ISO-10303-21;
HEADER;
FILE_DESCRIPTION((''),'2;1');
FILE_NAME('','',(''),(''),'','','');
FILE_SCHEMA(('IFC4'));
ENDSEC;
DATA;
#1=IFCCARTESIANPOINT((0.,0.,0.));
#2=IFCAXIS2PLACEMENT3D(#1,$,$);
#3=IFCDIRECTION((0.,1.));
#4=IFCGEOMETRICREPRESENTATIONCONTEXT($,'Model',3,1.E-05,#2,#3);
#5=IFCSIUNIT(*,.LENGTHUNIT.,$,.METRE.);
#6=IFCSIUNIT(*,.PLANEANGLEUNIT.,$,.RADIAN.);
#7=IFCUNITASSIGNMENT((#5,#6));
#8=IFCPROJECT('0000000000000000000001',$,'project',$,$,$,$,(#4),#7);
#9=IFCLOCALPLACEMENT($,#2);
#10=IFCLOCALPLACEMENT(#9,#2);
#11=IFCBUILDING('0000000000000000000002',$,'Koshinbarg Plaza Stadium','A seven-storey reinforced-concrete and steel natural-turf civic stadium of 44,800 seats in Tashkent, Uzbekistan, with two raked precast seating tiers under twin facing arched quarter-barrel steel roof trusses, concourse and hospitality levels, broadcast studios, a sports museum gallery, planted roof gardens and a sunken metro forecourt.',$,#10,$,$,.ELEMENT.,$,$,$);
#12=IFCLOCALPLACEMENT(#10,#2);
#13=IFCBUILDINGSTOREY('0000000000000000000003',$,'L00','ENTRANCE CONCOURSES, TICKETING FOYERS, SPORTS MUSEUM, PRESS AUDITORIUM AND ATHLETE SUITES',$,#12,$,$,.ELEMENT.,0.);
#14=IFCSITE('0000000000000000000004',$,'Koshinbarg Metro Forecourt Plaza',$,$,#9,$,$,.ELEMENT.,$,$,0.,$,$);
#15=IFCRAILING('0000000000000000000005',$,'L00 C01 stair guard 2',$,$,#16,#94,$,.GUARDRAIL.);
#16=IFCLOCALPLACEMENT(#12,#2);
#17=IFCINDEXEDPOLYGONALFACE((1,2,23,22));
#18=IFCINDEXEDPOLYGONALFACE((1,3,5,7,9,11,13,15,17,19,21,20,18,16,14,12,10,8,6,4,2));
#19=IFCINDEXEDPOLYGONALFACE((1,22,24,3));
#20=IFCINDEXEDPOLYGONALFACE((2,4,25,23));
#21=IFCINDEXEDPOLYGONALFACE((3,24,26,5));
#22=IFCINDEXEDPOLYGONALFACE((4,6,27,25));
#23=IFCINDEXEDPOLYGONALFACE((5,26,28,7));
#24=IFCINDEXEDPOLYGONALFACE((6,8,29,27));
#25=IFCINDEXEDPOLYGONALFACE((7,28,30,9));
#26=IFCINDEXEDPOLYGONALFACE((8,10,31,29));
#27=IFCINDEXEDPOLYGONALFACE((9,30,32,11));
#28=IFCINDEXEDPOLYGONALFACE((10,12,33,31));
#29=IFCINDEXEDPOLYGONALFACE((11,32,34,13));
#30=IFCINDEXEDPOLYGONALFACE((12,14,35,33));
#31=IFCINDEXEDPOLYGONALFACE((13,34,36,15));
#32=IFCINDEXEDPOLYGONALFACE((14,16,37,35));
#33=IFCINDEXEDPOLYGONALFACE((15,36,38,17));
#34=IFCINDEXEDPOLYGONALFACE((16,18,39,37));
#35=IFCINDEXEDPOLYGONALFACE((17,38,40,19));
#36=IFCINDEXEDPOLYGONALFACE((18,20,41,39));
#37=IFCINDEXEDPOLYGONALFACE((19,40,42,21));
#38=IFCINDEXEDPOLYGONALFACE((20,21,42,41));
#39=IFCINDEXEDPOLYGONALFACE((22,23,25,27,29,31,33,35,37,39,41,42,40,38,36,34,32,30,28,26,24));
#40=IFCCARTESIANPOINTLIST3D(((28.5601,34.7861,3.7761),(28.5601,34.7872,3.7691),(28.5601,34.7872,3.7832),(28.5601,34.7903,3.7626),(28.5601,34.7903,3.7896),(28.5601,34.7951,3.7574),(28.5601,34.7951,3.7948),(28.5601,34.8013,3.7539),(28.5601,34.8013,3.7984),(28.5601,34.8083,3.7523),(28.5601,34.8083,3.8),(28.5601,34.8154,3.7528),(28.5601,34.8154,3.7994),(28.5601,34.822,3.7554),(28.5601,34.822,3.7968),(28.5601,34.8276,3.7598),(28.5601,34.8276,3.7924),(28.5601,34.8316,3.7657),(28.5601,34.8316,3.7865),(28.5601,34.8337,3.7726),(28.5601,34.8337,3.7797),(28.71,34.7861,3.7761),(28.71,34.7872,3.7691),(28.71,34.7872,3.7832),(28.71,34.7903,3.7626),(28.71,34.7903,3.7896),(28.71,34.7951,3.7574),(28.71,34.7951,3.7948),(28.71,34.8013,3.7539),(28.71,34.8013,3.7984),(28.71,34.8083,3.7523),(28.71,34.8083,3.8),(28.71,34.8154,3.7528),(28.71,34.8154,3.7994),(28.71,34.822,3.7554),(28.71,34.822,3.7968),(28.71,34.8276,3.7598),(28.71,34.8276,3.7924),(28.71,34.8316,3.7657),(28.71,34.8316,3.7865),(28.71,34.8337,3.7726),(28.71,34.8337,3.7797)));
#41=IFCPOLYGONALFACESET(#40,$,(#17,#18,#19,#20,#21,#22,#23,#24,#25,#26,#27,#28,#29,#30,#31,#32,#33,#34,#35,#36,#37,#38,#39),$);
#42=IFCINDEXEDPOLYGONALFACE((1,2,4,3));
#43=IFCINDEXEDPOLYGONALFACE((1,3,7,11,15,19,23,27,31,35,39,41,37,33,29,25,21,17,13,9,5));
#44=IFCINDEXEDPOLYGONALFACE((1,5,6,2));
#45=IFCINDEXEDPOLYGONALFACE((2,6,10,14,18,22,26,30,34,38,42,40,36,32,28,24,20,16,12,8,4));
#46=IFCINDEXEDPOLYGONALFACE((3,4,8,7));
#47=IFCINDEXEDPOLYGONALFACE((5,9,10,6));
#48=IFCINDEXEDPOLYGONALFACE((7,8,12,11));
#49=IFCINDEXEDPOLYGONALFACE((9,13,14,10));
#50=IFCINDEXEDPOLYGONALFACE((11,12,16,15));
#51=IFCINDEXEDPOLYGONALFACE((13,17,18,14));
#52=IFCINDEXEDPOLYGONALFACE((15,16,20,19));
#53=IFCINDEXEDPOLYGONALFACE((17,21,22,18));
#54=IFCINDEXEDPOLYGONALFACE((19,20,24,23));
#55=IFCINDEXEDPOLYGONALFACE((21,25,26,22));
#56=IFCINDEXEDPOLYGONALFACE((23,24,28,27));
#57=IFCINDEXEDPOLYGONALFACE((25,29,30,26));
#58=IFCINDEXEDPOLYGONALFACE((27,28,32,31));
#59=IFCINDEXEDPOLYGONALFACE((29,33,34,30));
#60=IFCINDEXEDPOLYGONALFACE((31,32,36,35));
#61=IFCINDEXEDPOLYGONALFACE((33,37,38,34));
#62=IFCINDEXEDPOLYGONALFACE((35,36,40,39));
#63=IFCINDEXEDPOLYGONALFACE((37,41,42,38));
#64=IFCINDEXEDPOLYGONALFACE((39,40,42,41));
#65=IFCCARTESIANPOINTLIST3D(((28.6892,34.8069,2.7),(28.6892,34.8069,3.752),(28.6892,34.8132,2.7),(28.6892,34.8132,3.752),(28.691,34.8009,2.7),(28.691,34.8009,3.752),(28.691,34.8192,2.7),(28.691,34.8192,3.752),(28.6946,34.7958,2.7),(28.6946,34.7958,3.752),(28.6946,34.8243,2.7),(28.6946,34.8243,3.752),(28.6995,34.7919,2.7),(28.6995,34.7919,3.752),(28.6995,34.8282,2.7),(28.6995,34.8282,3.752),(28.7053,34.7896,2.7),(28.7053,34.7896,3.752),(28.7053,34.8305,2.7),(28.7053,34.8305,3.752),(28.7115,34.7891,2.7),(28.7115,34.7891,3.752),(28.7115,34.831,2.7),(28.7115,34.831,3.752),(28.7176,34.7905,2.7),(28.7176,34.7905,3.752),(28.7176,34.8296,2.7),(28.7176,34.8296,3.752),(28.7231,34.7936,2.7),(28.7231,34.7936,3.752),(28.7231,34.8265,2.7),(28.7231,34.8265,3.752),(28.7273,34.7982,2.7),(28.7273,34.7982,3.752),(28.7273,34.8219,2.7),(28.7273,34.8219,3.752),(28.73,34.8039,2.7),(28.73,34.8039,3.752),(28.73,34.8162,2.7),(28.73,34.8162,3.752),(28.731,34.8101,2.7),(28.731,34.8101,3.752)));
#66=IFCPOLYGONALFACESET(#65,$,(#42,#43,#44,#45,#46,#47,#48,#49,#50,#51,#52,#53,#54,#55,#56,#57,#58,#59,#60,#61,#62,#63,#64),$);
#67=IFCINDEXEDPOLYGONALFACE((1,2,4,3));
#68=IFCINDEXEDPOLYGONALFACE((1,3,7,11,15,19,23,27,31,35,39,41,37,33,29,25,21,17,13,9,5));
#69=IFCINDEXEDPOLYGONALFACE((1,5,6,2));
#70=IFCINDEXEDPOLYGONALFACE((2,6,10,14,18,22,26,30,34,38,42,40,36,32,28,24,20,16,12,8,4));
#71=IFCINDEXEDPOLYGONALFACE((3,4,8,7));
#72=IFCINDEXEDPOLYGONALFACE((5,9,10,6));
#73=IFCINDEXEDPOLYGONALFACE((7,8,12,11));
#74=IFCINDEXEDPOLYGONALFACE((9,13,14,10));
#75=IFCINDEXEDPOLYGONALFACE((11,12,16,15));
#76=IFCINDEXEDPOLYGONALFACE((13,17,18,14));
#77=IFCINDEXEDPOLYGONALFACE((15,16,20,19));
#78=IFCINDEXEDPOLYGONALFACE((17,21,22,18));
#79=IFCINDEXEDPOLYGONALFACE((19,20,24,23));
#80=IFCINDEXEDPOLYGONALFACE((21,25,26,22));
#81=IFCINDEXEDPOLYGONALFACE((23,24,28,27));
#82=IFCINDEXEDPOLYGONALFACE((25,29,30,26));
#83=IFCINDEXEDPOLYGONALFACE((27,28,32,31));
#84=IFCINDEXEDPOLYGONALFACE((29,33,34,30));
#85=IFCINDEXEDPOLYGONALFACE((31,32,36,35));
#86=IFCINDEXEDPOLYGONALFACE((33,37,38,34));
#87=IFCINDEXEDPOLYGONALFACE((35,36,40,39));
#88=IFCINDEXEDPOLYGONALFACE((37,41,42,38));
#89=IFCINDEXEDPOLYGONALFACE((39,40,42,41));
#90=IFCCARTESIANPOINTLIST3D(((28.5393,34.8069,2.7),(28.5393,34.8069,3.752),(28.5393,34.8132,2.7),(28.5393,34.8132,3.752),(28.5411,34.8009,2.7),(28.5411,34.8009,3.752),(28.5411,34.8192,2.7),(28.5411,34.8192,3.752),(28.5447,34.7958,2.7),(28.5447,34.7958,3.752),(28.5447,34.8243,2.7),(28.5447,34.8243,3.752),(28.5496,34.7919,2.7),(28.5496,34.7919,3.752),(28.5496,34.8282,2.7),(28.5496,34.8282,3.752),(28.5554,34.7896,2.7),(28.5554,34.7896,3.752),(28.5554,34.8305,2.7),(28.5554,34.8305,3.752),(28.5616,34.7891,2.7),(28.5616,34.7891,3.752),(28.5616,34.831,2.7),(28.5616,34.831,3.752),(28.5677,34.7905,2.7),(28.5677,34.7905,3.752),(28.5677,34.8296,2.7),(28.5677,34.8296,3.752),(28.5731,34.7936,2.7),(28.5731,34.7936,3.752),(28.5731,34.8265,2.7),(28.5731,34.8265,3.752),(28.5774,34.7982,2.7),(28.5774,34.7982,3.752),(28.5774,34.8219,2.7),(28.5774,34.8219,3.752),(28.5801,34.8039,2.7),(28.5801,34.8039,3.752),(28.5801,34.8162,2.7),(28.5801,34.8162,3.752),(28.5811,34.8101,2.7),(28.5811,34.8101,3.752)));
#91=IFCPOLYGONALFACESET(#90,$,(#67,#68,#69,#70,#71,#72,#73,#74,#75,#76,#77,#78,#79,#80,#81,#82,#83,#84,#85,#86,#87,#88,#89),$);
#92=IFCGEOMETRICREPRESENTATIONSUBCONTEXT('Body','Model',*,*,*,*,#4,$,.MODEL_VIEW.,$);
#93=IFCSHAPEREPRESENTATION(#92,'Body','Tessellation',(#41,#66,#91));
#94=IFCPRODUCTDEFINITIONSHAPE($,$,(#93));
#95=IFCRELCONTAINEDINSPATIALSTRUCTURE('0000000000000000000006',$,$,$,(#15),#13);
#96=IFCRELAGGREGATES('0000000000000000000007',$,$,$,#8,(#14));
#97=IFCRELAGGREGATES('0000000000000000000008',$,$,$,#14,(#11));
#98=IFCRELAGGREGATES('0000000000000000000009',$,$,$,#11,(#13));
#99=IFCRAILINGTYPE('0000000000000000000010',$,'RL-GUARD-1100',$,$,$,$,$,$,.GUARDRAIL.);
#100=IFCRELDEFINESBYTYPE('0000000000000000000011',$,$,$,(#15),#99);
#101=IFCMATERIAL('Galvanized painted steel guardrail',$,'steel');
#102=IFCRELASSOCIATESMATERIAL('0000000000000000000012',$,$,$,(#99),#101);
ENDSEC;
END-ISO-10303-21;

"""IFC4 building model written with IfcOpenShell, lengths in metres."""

from ifc_helpers import new_model, si_unit, direction, frame, origin, origin_2d, place, context, subcontext, project, spatial, circle, extrude, material, type_object, element, save


model = new_model("IFC4")

# Units and contexts
model_context = context("Model", 3, precision=1e-05, world=origin(), true_north=direction((0.0, 1.0)))
body_context = subcontext(model_context, "Body", "Model", "MODEL_VIEW")
ifc_project = project(units=[si_unit("LENGTHUNIT", "METRE"), si_unit("PLANEANGLEUNIT", "RADIAN")], contexts=[model_context])

# Site, building, storey
site_placement = place(None, origin())
site = spatial("IfcSite", under=ifc_project, at=site_placement, Name="Koshinbarg Metro Forecourt Plaza", CompositionType="ELEMENT", RefElevation=0.0)
building_placement = place(site_placement, origin())
building = spatial("IfcBuilding", under=site, at=building_placement, Name="Koshinbarg Plaza Stadium", Description="A seven-storey reinforced-concrete and steel natural-turf civic stadium of 44,800 seats in Tashkent, Uzbekistan, with two raked precast seating tiers under twin facing arched quarter-barrel steel roof trusses, concourse and hospitality levels, broadcast studios, a sports museum gallery, planted roof gardens and a sunken metro forecourt.", CompositionType="ELEMENT")
storey_placement = place(building_placement, origin())
storey = spatial("IfcBuildingStorey", under=building, at=storey_placement, Name="L00", Description="ENTRANCE CONCOURSES, TICKETING FOYERS, SPORTS MUSEUM, PRESS AUDITORIUM AND ATHLETE SUITES", CompositionType="ELEMENT", Elevation=0.0)

# Railing
ifc_material_1 = material(Name="Galvanized painted steel guardrail", Category="steel")
railing_type_1 = type_object("IfcRailingType", Name="RL-GUARD-1100", PredefinedType="GUARDRAIL", material=ifc_material_1)
railing_1_placement = place(storey_placement, frame((28.71, 34.8101, 2.7)))
element("IfcRailing", 1, at=railing_1_placement, inside=storey, type_object=railing_type_1, Name="L00 C01 stair guard 2", PredefinedType="GUARDRAIL", context=body_context, shape_type="SweptSolid", body=[
    extrude(circle(Radius=0.0239, at=origin_2d()), frame((0.0, 0.0, 1.0762), z_axis=(-1.0, 0.0, 0.0), x_axis=(0.0, -1.0, 0.0)), (0.0, 0.0, 1.0), 0.1499),
    extrude(circle(Radius=0.021, at=origin_2d()), origin(), (0.0, 0.0, 1.0), 1.052),
    extrude(circle(Radius=0.021, at=origin_2d()), frame((-0.1499, 0.0, 0.0)), (0.0, 0.0, 1.0), 1.052),
])

save(model, "model.ifc")
